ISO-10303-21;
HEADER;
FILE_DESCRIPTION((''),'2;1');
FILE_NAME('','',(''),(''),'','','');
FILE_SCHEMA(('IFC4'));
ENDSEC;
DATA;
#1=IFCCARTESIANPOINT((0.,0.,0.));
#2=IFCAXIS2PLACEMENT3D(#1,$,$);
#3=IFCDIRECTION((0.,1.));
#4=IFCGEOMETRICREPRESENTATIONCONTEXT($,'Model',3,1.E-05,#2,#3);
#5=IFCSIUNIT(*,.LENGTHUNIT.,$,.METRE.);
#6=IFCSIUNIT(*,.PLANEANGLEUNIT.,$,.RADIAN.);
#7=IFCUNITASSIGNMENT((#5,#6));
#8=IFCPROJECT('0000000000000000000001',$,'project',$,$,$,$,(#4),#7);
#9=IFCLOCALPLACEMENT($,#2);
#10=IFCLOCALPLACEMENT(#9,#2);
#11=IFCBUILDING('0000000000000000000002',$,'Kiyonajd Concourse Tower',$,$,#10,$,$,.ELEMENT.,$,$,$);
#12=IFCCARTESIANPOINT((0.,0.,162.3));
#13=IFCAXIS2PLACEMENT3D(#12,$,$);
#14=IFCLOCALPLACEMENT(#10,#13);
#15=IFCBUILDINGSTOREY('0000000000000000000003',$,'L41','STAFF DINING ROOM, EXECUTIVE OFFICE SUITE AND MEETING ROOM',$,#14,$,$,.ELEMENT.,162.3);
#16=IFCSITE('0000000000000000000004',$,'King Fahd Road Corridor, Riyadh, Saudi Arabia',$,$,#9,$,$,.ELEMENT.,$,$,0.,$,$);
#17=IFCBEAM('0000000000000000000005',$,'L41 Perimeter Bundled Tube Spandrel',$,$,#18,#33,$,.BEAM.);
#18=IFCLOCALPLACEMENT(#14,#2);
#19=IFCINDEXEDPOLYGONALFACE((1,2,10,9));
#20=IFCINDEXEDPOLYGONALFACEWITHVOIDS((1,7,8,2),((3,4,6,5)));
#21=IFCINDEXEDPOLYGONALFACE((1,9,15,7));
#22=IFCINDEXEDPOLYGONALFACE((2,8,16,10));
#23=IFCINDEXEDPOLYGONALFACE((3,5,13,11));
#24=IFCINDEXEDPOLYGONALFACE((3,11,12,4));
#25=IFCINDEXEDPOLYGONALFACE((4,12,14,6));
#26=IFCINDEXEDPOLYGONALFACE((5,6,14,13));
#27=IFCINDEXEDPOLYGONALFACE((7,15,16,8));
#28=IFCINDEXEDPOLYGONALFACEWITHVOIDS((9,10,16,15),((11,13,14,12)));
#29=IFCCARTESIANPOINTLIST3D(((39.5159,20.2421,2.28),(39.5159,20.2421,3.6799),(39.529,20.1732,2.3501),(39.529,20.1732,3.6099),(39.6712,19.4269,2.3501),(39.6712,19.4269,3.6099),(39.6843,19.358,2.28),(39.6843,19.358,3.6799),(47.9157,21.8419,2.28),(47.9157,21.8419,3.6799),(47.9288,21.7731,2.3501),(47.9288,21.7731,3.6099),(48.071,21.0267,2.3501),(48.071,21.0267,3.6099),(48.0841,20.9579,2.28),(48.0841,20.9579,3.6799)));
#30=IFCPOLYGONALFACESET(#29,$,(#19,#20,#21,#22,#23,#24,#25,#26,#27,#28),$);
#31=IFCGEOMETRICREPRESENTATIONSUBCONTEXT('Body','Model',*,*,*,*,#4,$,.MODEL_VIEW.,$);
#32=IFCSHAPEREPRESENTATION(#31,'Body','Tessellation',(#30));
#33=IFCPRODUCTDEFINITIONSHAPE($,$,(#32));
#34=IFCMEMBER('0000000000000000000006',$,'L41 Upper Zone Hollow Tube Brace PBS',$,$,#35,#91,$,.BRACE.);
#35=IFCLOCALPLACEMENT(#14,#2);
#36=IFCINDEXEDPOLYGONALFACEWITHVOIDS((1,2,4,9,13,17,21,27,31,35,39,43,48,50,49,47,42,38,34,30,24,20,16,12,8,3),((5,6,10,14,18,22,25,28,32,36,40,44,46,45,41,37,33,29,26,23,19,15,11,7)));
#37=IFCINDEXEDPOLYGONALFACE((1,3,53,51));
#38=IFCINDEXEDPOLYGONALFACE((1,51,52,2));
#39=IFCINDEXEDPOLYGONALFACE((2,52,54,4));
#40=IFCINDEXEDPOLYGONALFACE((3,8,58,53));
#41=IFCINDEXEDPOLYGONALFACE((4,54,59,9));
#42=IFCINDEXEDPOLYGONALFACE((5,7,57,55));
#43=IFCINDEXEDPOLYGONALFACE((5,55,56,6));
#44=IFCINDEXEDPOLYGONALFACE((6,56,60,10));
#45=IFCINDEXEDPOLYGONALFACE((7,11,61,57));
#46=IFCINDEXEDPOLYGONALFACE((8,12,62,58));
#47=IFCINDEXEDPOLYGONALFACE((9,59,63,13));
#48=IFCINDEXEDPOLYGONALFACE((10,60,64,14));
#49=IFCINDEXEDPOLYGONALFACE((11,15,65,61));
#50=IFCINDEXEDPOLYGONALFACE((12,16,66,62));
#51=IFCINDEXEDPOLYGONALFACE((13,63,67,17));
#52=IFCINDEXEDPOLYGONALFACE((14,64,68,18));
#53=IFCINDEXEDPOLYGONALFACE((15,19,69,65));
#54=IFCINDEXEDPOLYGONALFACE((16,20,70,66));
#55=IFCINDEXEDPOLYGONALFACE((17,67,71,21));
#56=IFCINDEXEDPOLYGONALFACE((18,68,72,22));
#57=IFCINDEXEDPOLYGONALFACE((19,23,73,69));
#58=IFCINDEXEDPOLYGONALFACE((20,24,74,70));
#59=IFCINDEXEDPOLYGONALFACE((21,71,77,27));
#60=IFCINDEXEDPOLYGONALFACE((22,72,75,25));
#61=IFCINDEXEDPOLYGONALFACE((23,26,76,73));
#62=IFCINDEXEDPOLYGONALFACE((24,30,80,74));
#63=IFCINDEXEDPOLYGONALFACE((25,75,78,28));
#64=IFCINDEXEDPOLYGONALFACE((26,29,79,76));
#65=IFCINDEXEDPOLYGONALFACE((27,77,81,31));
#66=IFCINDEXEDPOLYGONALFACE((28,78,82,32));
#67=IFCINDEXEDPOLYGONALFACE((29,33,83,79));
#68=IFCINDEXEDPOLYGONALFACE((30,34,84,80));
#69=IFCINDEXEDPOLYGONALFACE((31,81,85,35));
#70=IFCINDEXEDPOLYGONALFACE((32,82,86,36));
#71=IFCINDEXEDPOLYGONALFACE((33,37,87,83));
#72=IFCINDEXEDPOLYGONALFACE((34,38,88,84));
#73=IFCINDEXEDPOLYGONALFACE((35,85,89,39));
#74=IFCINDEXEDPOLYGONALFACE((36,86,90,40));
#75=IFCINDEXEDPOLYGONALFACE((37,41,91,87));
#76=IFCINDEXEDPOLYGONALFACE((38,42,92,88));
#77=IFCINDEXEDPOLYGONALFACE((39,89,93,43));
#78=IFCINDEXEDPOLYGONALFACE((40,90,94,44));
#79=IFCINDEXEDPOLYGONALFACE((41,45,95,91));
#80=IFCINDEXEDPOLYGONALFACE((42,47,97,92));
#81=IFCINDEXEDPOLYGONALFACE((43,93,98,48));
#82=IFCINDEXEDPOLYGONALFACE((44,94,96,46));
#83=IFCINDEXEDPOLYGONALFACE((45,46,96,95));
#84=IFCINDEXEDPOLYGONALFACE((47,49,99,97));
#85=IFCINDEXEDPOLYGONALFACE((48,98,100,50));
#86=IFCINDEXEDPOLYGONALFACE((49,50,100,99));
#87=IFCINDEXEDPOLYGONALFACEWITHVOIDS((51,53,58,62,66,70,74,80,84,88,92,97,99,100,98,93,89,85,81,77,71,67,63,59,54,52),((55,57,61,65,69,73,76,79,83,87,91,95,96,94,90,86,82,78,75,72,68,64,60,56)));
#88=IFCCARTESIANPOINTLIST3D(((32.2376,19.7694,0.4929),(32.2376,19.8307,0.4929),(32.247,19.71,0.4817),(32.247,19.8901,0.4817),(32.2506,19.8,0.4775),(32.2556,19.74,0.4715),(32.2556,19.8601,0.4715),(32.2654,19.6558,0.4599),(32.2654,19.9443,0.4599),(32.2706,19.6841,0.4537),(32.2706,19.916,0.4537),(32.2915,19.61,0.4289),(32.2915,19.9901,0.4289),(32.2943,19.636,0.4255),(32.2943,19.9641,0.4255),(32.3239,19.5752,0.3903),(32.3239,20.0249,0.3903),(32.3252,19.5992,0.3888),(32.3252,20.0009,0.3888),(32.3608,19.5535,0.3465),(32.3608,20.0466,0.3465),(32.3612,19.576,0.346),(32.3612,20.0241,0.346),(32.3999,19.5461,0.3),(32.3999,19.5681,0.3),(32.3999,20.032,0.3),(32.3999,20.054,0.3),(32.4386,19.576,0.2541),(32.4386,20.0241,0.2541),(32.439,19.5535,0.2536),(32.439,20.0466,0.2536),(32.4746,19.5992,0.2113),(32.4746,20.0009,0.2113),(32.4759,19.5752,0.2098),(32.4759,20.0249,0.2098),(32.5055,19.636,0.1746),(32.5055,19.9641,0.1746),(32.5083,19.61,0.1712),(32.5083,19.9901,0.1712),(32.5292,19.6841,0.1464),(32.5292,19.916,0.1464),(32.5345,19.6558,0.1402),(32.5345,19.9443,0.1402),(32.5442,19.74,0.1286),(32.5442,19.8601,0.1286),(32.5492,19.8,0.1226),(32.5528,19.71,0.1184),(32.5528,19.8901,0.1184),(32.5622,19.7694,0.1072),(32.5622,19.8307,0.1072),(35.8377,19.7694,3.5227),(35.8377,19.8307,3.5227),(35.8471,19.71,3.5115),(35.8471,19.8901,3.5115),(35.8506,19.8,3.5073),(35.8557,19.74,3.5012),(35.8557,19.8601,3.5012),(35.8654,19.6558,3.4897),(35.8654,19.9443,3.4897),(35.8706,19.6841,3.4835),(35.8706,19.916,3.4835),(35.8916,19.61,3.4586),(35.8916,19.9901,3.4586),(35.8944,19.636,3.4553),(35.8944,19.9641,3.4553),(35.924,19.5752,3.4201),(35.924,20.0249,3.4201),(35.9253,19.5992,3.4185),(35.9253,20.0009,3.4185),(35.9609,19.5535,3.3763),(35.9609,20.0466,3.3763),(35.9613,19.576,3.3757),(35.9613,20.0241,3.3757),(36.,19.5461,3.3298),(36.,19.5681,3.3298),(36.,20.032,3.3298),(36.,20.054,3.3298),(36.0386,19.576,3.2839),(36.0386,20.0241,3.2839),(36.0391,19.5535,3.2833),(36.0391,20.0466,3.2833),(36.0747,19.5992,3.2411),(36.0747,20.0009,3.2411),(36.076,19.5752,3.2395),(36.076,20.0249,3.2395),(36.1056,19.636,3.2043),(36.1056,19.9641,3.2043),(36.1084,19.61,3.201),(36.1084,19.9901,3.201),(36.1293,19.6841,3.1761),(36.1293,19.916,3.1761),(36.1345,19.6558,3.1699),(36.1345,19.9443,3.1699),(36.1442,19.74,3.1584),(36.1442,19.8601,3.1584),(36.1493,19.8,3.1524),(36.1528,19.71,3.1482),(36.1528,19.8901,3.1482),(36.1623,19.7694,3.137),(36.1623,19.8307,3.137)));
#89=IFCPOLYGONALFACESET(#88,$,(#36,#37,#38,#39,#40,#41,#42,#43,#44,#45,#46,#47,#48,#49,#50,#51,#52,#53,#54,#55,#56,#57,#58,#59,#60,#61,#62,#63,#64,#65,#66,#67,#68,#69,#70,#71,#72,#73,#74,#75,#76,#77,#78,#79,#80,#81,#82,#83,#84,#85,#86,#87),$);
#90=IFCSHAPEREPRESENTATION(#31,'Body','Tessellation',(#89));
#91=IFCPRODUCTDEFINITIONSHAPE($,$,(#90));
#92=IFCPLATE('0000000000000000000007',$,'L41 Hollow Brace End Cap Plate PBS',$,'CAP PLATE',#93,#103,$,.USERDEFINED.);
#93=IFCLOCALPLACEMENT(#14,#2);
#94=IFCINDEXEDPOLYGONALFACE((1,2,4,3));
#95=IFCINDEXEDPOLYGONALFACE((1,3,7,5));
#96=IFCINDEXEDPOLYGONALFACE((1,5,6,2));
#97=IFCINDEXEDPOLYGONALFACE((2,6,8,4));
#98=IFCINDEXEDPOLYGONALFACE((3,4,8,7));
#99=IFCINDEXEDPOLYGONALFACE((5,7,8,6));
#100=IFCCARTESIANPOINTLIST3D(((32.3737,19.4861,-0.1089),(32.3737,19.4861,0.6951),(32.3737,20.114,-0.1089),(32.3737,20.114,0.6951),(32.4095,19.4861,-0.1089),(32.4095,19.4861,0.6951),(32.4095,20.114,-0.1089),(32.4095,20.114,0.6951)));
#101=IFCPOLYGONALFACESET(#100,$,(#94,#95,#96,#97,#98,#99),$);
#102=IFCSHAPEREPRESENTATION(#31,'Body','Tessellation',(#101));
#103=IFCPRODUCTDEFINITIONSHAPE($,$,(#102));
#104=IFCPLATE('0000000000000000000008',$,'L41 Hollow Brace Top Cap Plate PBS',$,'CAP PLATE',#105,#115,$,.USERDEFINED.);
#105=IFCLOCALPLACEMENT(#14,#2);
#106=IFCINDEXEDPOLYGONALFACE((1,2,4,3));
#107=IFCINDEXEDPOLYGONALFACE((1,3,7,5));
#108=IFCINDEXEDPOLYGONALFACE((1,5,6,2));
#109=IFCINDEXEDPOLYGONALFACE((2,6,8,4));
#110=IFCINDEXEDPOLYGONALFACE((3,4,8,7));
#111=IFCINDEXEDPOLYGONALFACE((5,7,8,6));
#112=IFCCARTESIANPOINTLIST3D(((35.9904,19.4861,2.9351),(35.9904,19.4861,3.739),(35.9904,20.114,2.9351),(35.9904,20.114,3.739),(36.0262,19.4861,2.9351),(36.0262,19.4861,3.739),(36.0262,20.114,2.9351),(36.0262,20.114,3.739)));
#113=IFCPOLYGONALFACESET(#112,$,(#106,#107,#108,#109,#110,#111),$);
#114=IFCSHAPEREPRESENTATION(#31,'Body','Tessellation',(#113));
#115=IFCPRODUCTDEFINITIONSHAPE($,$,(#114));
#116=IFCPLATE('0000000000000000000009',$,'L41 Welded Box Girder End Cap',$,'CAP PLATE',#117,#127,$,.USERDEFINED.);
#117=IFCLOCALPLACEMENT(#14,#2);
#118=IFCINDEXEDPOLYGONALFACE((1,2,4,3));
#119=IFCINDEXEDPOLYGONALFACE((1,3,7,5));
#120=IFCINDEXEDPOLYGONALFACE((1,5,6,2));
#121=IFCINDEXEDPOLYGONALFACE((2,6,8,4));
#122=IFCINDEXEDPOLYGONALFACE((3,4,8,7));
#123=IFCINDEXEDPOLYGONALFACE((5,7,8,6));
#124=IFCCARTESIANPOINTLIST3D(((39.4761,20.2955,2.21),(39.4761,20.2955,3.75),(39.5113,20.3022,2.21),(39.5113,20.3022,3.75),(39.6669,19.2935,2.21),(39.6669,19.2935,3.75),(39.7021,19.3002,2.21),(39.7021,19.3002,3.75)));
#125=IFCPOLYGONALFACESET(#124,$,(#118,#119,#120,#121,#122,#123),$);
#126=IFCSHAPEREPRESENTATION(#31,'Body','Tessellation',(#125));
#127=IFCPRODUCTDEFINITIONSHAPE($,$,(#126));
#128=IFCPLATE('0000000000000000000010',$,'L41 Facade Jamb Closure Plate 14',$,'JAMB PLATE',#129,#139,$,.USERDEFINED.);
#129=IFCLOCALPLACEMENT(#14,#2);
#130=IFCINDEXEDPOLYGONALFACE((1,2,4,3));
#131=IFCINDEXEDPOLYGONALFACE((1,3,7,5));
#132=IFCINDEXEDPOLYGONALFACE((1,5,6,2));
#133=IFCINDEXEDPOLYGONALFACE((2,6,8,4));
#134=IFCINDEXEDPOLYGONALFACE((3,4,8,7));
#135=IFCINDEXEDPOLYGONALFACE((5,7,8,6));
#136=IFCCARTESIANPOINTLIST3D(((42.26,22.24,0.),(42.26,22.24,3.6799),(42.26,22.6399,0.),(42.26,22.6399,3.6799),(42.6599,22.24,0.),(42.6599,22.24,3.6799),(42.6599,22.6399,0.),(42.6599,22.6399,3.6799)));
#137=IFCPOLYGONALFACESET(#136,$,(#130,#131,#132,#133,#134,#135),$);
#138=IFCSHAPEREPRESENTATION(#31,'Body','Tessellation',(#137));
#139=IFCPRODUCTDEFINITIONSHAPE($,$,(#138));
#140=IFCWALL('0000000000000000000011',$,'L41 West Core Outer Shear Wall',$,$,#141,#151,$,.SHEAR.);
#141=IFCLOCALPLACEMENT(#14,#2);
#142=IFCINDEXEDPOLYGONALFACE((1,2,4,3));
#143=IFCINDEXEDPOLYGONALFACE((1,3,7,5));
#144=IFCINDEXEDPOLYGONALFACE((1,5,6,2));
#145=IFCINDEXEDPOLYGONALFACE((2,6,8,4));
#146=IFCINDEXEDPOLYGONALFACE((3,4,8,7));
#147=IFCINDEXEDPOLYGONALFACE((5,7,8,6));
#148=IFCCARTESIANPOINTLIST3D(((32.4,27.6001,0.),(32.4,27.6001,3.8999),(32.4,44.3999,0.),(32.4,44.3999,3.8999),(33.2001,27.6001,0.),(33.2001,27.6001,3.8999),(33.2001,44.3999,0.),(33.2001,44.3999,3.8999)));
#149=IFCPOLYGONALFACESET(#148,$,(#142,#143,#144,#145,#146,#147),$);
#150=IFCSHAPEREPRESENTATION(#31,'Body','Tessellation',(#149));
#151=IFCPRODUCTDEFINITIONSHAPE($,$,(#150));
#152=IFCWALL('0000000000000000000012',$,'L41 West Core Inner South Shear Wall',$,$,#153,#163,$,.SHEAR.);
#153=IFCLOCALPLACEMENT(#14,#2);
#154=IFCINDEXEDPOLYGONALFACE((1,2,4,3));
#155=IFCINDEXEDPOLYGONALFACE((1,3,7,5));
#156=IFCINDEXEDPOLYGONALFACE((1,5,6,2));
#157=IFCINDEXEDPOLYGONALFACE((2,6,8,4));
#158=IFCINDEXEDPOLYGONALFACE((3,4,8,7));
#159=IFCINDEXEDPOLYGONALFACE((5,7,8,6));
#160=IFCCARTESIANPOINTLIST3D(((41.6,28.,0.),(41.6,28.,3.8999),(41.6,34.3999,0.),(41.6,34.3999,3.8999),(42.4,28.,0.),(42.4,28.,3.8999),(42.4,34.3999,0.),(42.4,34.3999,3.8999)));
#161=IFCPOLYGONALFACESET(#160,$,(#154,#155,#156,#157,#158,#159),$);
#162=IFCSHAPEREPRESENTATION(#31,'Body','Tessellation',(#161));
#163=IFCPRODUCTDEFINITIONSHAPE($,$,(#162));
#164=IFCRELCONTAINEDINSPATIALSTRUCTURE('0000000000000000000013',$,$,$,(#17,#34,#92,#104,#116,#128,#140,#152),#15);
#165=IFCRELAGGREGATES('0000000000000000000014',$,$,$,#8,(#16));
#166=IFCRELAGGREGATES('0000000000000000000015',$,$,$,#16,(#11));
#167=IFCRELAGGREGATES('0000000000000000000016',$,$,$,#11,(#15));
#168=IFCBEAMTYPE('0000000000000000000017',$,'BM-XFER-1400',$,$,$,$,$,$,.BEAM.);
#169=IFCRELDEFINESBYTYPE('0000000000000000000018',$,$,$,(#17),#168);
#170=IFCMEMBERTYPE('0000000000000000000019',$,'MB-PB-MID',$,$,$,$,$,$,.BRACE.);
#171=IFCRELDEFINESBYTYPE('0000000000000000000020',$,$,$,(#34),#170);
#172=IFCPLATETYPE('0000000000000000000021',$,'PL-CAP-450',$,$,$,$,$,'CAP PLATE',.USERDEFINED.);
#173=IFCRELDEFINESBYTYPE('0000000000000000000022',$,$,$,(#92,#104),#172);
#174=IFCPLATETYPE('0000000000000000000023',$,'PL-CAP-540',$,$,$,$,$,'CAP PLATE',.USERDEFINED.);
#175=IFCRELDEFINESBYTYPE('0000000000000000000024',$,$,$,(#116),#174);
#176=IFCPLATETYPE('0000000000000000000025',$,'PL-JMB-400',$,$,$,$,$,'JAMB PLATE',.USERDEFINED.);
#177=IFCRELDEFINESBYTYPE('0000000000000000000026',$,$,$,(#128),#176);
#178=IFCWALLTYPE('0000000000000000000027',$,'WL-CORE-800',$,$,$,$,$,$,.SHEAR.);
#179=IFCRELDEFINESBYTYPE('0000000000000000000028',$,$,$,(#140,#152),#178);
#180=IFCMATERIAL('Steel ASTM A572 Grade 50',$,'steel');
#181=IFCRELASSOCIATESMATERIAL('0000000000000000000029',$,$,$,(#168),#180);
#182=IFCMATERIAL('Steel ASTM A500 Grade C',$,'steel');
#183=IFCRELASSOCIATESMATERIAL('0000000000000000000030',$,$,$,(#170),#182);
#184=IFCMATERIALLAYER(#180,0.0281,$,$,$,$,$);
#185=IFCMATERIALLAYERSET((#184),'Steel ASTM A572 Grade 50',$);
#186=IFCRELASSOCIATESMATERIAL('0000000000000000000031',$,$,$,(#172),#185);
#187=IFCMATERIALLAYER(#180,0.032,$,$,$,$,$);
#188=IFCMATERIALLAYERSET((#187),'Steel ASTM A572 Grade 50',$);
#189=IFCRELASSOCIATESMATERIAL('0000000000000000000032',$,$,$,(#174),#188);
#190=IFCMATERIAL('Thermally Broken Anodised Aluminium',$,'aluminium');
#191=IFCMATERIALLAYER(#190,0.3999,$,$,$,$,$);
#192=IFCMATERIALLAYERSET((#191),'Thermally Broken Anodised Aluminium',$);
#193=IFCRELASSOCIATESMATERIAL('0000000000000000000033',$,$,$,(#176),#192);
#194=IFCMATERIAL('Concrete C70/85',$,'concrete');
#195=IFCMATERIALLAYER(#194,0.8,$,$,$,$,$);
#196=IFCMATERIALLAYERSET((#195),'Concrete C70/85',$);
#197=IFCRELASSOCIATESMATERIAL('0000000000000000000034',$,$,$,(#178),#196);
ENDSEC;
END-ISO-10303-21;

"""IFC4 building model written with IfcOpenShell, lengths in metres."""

from ifc_helpers import new_model, si_unit, direction, frame, frame_2d, origin, origin_2d, place, context, subcontext, project, spatial, rectangle, hollow_rectangle, hollow_circle, extrude, material, layer, layer_set, material_profile, profile_set, type_object, element, save


model = new_model("IFC4")

# Units and contexts
model_context = context("Model", 3, precision=1e-05, world=origin(), true_north=direction((0.0, 1.0)))
body_context = subcontext(model_context, "Body", "Model", "MODEL_VIEW")
ifc_project = project(units=[si_unit("LENGTHUNIT", "METRE"), si_unit("PLANEANGLEUNIT", "RADIAN")], contexts=[model_context])

# Site, building, storey
site_placement = place(None, origin())
site = spatial("IfcSite", under=ifc_project, at=site_placement, Name="King Fahd Road Corridor, Riyadh, Saudi Arabia", CompositionType="ELEMENT", RefElevation=0.0)
building_placement = place(site_placement, origin())
building = spatial("IfcBuilding", under=site, at=building_placement, Name="Kiyonajd Concourse Tower", CompositionType="ELEMENT")
storey_placement = place(building_placement, frame((0.0, 0.0, 162.3)))
storey = spatial("IfcBuildingStorey", under=building, at=storey_placement, Name="L41", Description="STAFF DINING ROOM, EXECUTIVE OFFICE SUITE AND MEETING ROOM", CompositionType="ELEMENT", Elevation=162.3)

# Shared definitions
ifc_material_1 = material(Name="Concrete C70/85", Category="concrete")

# Beam
ifc_material_2 = material(Name="Steel ASTM A572 Grade 50", Category="steel")
ifc_material_profile_1 = material_profile(ifc_material_2, hollow_rectangle(XDim=0.8999, YDim=1.3999, WallThickness=0.0701, at=origin_2d()), Name="BOX-1400x900x70")
ifc_profile_set_1 = profile_set([ifc_material_profile_1], Name="Steel ASTM A572 Grade 50")
beam_type_1 = type_object("IfcBeamType", Name="BM-XFER-1400", PredefinedType="BEAM", material=ifc_profile_set_1)
beam_1_placement = place(storey_placement, frame((39.6001, 19.8, 2.98), z_axis=(0.982341, 0.187098, 0.0), x_axis=(-0.187098, 0.982341, 0.0)))
element("IfcBeam", 1, at=beam_1_placement, inside=storey, type_object=beam_type_1, Name="L41 Perimeter Bundled Tube Spandrel", PredefinedType="BEAM", context=body_context, shape_type="SweptSolid", body=[
    extrude(hollow_rectangle(XDim=0.8999, YDim=1.3999, WallThickness=0.0701, at=origin_2d()), origin(), (0.0, 0.0, 1.0), 8.5508),
])

# Member
ifc_material_3 = material(Name="Steel ASTM A500 Grade C", Category="steel")
ifc_material_profile_2 = material_profile(ifc_material_3, hollow_circle(Radius=0.2539, WallThickness=0.022, at=origin_2d()), Name="CHS-508x22")
ifc_profile_set_2 = profile_set([ifc_material_profile_2], Name="Steel ASTM A500 Grade C")
member_type = type_object("IfcMemberType", Name="MB-PB-MID", PredefinedType="BRACE", material=ifc_profile_set_2)
member_placement = place(storey_placement, frame((32.3999, 19.8, 0.3), z_axis=(0.765108, 0.0, 0.643902), x_axis=(0.0, 1.0, 0.0)))
element("IfcMember", 2, at=member_placement, inside=storey, type_object=member_type, Name="L41 Upper Zone Hollow Tube Brace PBS", PredefinedType="BRACE", context=body_context, shape_type="SweptSolid", body=[
    extrude(hollow_circle(Radius=0.2539, WallThickness=0.022, at=origin_2d()), origin(), (0.0, 0.0, 1.0), 4.7053),
])

# Plates
ifc_layer_1 = layer(ifc_material_2, 0.0281)
ifc_layer_set_1 = layer_set([ifc_layer_1], Name="Steel ASTM A572 Grade 50")
plate_type_1 = type_object("IfcPlateType", Name="PL-CAP-450", ElementType="CAP PLATE", PredefinedType="USERDEFINED", material=ifc_layer_set_1)
for number, where, z_axis, x_axis, name in (
    (3, (32.3916, 19.8, -0.1089), (0.0, 0.0, 1.0), (-1.0, 0.0, 0.0), "L41 Hollow Brace End Cap Plate PBS"),
    (4, (36.0083, 19.8, 2.9351), (0.0, 0.0, 1.0), (1.0, 0.0, 0.0), "L41 Hollow Brace Top Cap Plate PBS"),
):
    element("IfcPlate", number, at=place(storey_placement, frame(where, z_axis=z_axis, x_axis=x_axis)), inside=storey, type_object=plate_type_1, Name=name, ObjectType="CAP PLATE", PredefinedType="USERDEFINED", context=body_context, shape_type="SweptSolid", body=[
        extrude(rectangle(XDim=0.0359, YDim=0.6279, at=origin_2d()), origin(), (0.0, 0.0, 1.0), 0.804),
    ])
ifc_layer_2 = layer(ifc_material_2, 0.032)
ifc_layer_set_2 = layer_set([ifc_layer_2], Name="Steel ASTM A572 Grade 50")
plate_type_2 = type_object("IfcPlateType", Name="PL-CAP-540", ElementType="CAP PLATE", PredefinedType="USERDEFINED", material=ifc_layer_set_2)
plate_1_placement = place(storey_placement, frame((39.5891, 19.7979, 2.21), z_axis=(0.0, 0.0, 1.0), x_axis=(-0.982353, -0.187038, 0.0)))
element("IfcPlate", 5, at=plate_1_placement, inside=storey, type_object=plate_type_2, Name="L41 Welded Box Girder End Cap", ObjectType="CAP PLATE", PredefinedType="USERDEFINED", context=body_context, shape_type="SweptSolid", body=[
    extrude(rectangle(XDim=0.0359, YDim=1.02, at=origin_2d()), origin(), (0.0, 0.0, 1.0), 1.54),
])
ifc_material_4 = material(Name="Thermally Broken Anodised Aluminium", Category="aluminium")
ifc_layer_3 = layer(ifc_material_4, 0.3999)
ifc_layer_set_3 = layer_set([ifc_layer_3], Name="Thermally Broken Anodised Aluminium")
plate_type_3 = type_object("IfcPlateType", Name="PL-JMB-400", ElementType="JAMB PLATE", PredefinedType="USERDEFINED", material=ifc_layer_set_3)
plate_2_placement = place(storey_placement, frame((42.46, 22.4399, 0.0), z_axis=(0.0, 0.0, 1.0), x_axis=(1.0, 0.0, 0.0)))
element("IfcPlate", 6, at=plate_2_placement, inside=storey, type_object=plate_type_3, Name="L41 Facade Jamb Closure Plate 14", ObjectType="JAMB PLATE", PredefinedType="USERDEFINED", context=body_context, shape_type="SweptSolid", body=[
    extrude(rectangle(XDim=0.3999, YDim=0.3999, at=origin_2d()), origin(), (0.0, 0.0, 1.0), 3.6799),
])

# Walls
ifc_layer_4 = layer(ifc_material_1, 0.8)
ifc_layer_set_4 = layer_set([ifc_layer_4], Name="Concrete C70/85")
wall_type_1 = type_object("IfcWallType", Name="WL-CORE-800", PredefinedType="SHEAR", material=ifc_layer_set_4)
wall_1_placement = place(storey_placement, frame((32.8, 27.6001, 0.0), z_axis=(0.0, 0.0, 1.0), x_axis=(0.0, 1.0, 0.0)))
element("IfcWall", 7, at=wall_1_placement, inside=storey, type_object=wall_type_1, Name="L41 West Core Outer Shear Wall", PredefinedType="SHEAR", context=body_context, shape_type="SweptSolid", body=[
    extrude(rectangle(XDim=16.7998, YDim=0.8, at=frame_2d((8.3999, 0.0))), origin(), (0.0, 0.0, 1.0), 3.8999),
])
wall_2_placement = place(storey_placement, frame((42.0, 28.0, 0.0), z_axis=(0.0, 0.0, 1.0), x_axis=(0.0, 1.0, 0.0)))
element("IfcWall", 8, at=wall_2_placement, inside=storey, type_object=wall_type_1, Name="L41 West Core Inner South Shear Wall", PredefinedType="SHEAR", context=body_context, shape_type="SweptSolid", body=[
    extrude(rectangle(XDim=6.3999, YDim=0.8, at=frame_2d((3.2, 0.0))), origin(), (0.0, 0.0, 1.0), 3.8999),
])

save(model, "model.ifc")
